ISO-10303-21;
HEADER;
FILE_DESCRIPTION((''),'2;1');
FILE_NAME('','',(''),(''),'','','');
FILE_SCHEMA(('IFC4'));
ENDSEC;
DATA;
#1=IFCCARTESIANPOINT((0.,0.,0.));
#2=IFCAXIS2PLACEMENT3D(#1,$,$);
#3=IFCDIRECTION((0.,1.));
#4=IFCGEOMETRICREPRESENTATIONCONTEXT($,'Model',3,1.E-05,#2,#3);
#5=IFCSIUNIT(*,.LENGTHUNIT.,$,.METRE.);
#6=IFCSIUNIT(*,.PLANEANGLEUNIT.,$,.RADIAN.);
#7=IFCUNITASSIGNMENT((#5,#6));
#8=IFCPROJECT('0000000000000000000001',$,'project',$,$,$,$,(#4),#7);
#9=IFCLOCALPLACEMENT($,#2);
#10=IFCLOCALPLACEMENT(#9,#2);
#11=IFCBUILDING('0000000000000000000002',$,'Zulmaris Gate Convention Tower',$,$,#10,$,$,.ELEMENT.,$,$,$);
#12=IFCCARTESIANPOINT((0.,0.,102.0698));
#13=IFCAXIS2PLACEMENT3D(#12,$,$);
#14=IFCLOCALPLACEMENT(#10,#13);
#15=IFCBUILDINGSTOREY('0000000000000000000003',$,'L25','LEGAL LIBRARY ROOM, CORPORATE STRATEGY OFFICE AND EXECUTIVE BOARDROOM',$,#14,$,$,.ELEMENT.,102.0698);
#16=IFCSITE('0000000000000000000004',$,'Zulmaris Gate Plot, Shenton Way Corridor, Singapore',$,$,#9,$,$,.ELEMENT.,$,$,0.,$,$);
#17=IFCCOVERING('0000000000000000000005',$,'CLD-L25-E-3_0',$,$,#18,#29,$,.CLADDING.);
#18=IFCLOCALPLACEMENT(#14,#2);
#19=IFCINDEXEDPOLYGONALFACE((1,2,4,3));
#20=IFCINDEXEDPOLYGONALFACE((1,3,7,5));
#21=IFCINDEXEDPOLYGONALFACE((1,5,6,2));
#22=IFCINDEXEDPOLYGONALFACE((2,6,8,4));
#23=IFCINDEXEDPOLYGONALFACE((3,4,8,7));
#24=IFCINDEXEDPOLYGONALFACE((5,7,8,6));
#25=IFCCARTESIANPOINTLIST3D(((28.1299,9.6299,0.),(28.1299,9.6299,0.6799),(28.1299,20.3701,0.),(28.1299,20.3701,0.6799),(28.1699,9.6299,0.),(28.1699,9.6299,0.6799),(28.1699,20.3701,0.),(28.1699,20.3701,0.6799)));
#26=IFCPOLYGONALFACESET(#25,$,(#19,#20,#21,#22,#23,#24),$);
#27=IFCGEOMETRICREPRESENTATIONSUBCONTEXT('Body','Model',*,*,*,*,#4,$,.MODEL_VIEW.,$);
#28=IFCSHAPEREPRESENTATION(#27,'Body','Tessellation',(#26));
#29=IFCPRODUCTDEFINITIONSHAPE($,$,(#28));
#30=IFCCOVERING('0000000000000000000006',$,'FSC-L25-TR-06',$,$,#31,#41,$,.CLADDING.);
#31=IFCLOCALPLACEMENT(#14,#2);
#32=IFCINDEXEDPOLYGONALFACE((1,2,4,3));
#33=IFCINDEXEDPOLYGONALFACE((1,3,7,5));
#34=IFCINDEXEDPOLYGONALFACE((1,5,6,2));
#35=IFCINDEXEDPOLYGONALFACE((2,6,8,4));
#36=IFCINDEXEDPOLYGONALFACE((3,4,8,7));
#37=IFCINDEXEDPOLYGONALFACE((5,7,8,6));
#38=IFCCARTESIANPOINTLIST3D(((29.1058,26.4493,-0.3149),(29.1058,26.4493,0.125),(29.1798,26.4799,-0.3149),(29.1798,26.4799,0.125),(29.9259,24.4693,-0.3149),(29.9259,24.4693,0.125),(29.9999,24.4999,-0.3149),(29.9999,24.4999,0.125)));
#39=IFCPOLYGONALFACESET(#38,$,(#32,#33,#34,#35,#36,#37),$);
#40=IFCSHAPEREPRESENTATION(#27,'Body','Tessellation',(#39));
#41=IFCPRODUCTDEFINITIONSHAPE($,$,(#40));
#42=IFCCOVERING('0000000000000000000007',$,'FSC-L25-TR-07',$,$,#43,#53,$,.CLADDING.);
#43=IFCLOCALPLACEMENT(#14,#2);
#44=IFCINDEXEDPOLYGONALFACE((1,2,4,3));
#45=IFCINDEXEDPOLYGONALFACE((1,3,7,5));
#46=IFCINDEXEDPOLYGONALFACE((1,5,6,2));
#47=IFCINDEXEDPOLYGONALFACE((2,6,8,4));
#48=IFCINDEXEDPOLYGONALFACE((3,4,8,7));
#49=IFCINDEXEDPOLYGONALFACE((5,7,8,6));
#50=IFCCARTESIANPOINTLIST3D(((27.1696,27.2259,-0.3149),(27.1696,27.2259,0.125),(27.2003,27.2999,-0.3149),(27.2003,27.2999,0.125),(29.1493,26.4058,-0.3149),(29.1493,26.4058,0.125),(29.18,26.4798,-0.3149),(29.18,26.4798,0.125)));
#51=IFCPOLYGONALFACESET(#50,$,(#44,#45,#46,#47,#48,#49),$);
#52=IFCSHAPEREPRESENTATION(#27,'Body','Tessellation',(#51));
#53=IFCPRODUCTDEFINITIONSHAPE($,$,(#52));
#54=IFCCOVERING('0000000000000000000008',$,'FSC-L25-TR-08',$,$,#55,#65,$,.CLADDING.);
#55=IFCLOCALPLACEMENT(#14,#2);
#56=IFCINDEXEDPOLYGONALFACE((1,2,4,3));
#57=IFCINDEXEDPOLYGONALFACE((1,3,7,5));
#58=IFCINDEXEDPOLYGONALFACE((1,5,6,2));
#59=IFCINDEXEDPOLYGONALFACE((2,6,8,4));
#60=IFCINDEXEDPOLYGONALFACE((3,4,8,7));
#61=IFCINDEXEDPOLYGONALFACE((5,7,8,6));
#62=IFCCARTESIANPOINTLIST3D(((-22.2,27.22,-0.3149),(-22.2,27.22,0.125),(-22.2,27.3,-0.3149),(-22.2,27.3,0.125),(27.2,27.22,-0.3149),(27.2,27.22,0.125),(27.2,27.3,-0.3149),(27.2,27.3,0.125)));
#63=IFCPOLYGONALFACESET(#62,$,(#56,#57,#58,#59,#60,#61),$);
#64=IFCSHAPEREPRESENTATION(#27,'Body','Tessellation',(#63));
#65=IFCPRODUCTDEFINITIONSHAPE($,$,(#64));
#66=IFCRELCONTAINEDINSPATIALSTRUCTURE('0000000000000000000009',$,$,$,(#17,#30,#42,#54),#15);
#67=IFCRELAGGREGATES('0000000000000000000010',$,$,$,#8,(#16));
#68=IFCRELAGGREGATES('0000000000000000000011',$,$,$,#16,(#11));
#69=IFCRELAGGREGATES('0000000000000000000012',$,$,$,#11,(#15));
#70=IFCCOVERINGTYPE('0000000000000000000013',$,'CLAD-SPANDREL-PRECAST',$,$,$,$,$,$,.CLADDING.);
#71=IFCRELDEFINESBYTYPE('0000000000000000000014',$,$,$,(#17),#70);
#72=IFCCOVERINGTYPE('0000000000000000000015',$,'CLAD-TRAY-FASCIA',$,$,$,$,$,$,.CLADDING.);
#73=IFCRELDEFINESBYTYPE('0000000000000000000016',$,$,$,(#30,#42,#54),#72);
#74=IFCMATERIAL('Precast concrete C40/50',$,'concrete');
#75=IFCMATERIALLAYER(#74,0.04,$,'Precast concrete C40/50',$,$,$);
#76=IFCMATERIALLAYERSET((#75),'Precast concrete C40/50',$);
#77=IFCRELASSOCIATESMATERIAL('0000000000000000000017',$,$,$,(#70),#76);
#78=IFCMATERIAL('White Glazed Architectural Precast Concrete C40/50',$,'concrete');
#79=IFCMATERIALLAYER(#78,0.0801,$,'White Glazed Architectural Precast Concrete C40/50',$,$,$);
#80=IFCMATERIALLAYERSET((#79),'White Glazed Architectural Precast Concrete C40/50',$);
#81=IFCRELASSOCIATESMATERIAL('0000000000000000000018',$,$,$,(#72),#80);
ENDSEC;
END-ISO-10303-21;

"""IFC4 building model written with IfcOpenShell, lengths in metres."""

from ifc_helpers import new_model, si_unit, direction, frame, frame_2d, origin, place, context, subcontext, project, spatial, rectangle, extrude, material, layer, layer_set, type_object, element, save


model = new_model("IFC4")

# Units and contexts
model_context = context("Model", 3, precision=1e-05, world=origin(), true_north=direction((0.0, 1.0)))
body_context = subcontext(model_context, "Body", "Model", "MODEL_VIEW")
ifc_project = project(units=[si_unit("LENGTHUNIT", "METRE"), si_unit("PLANEANGLEUNIT", "RADIAN")], contexts=[model_context])

# Site, building, storey
site_placement = place(None, origin())
site = spatial("IfcSite", under=ifc_project, at=site_placement, Name="Zulmaris Gate Plot, Shenton Way Corridor, Singapore", CompositionType="ELEMENT", RefElevation=0.0)
building_placement = place(site_placement, origin())
building = spatial("IfcBuilding", under=site, at=building_placement, Name="Zulmaris Gate Convention Tower", CompositionType="ELEMENT")
storey_placement = place(building_placement, frame((0.0, 0.0, 102.0698)))
storey = spatial("IfcBuildingStorey", under=building, at=storey_placement, Name="L25", Description="LEGAL LIBRARY ROOM, CORPORATE STRATEGY OFFICE AND EXECUTIVE BOARDROOM", CompositionType="ELEMENT", Elevation=102.0698)

# Shared definitions
ifc_material_1 = material(Name="Precast concrete C40/50", Category="concrete")

# Coverings
ifc_layer_1 = layer(ifc_material_1, 0.04, Name="Precast concrete C40/50")
ifc_layer_set_1 = layer_set([ifc_layer_1], Name="Precast concrete C40/50")
covering_type_1 = type_object("IfcCoveringType", Name="CLAD-SPANDREL-PRECAST", PredefinedType="CLADDING", material=ifc_layer_set_1)
covering_1_placement = place(storey_placement, frame((28.1499, 9.6299, 0.0), z_axis=(0.0, 0.0, 1.0), x_axis=(0.0, 1.0, 0.0)))
element("IfcCovering", 1, at=covering_1_placement, inside=storey, type_object=covering_type_1, Name="CLD-L25-E-3_0", PredefinedType="CLADDING", context=body_context, shape_type="SweptSolid", body=[
    extrude(rectangle(XDim=10.7402, YDim=0.04, at=frame_2d((5.3701, 0.0))), origin(), (0.0, 0.0, 1.0), 0.6799),
])
ifc_material_2 = material(Name="White Glazed Architectural Precast Concrete C40/50", Category="concrete")
ifc_layer_2 = layer(ifc_material_2, 0.0801, Name="White Glazed Architectural Precast Concrete C40/50")
ifc_layer_set_2 = layer_set([ifc_layer_2], Name="White Glazed Architectural Precast Concrete C40/50")
covering_type_2 = type_object("IfcCoveringType", Name="CLAD-TRAY-FASCIA", PredefinedType="CLADDING", material=ifc_layer_set_2)
covering_2_placement = place(storey_placement, frame((29.9629, 24.4846, -0.3149), z_axis=(0.0, 0.0, 1.0), x_axis=(-0.382657, 0.92389, 0.0)))
element("IfcCovering", 2, at=covering_2_placement, inside=storey, type_object=covering_type_2, Name="FSC-L25-TR-06", PredefinedType="CLADDING", context=body_context, shape_type="SweptSolid", body=[
    extrude(rectangle(XDim=2.1431, YDim=0.0801, at=frame_2d((1.0715, 0.0))), origin(), (0.0, 0.0, 1.0), 0.4399),
])
covering_3_placement = place(storey_placement, frame((29.1646, 26.4429, -0.3149), z_axis=(0.0, 0.0, 1.0), x_axis=(-0.923874, 0.382697, 0.0)))
element("IfcCovering", 3, at=covering_3_placement, inside=storey, type_object=covering_type_2, Name="FSC-L25-TR-07", PredefinedType="CLADDING", context=body_context, shape_type="SweptSolid", body=[
    extrude(rectangle(XDim=2.1428, YDim=0.0801, at=frame_2d((1.0713, 0.0))), origin(), (0.0, 0.0, 1.0), 0.4399),
])
covering_4_placement = place(storey_placement, frame((27.2, 27.26, -0.3149), z_axis=(0.0, 0.0, 1.0), x_axis=(-1.0, 0.0, 0.0)))
element("IfcCovering", 4, at=covering_4_placement, inside=storey, type_object=covering_type_2, Name="FSC-L25-TR-08", PredefinedType="CLADDING", context=body_context, shape_type="SweptSolid", body=[
    extrude(rectangle(XDim=49.3999, YDim=0.0801, at=frame_2d((24.7, 0.0))), origin(), (0.0, 0.0, 1.0), 0.4399),
])

save(model, "model.ifc")
